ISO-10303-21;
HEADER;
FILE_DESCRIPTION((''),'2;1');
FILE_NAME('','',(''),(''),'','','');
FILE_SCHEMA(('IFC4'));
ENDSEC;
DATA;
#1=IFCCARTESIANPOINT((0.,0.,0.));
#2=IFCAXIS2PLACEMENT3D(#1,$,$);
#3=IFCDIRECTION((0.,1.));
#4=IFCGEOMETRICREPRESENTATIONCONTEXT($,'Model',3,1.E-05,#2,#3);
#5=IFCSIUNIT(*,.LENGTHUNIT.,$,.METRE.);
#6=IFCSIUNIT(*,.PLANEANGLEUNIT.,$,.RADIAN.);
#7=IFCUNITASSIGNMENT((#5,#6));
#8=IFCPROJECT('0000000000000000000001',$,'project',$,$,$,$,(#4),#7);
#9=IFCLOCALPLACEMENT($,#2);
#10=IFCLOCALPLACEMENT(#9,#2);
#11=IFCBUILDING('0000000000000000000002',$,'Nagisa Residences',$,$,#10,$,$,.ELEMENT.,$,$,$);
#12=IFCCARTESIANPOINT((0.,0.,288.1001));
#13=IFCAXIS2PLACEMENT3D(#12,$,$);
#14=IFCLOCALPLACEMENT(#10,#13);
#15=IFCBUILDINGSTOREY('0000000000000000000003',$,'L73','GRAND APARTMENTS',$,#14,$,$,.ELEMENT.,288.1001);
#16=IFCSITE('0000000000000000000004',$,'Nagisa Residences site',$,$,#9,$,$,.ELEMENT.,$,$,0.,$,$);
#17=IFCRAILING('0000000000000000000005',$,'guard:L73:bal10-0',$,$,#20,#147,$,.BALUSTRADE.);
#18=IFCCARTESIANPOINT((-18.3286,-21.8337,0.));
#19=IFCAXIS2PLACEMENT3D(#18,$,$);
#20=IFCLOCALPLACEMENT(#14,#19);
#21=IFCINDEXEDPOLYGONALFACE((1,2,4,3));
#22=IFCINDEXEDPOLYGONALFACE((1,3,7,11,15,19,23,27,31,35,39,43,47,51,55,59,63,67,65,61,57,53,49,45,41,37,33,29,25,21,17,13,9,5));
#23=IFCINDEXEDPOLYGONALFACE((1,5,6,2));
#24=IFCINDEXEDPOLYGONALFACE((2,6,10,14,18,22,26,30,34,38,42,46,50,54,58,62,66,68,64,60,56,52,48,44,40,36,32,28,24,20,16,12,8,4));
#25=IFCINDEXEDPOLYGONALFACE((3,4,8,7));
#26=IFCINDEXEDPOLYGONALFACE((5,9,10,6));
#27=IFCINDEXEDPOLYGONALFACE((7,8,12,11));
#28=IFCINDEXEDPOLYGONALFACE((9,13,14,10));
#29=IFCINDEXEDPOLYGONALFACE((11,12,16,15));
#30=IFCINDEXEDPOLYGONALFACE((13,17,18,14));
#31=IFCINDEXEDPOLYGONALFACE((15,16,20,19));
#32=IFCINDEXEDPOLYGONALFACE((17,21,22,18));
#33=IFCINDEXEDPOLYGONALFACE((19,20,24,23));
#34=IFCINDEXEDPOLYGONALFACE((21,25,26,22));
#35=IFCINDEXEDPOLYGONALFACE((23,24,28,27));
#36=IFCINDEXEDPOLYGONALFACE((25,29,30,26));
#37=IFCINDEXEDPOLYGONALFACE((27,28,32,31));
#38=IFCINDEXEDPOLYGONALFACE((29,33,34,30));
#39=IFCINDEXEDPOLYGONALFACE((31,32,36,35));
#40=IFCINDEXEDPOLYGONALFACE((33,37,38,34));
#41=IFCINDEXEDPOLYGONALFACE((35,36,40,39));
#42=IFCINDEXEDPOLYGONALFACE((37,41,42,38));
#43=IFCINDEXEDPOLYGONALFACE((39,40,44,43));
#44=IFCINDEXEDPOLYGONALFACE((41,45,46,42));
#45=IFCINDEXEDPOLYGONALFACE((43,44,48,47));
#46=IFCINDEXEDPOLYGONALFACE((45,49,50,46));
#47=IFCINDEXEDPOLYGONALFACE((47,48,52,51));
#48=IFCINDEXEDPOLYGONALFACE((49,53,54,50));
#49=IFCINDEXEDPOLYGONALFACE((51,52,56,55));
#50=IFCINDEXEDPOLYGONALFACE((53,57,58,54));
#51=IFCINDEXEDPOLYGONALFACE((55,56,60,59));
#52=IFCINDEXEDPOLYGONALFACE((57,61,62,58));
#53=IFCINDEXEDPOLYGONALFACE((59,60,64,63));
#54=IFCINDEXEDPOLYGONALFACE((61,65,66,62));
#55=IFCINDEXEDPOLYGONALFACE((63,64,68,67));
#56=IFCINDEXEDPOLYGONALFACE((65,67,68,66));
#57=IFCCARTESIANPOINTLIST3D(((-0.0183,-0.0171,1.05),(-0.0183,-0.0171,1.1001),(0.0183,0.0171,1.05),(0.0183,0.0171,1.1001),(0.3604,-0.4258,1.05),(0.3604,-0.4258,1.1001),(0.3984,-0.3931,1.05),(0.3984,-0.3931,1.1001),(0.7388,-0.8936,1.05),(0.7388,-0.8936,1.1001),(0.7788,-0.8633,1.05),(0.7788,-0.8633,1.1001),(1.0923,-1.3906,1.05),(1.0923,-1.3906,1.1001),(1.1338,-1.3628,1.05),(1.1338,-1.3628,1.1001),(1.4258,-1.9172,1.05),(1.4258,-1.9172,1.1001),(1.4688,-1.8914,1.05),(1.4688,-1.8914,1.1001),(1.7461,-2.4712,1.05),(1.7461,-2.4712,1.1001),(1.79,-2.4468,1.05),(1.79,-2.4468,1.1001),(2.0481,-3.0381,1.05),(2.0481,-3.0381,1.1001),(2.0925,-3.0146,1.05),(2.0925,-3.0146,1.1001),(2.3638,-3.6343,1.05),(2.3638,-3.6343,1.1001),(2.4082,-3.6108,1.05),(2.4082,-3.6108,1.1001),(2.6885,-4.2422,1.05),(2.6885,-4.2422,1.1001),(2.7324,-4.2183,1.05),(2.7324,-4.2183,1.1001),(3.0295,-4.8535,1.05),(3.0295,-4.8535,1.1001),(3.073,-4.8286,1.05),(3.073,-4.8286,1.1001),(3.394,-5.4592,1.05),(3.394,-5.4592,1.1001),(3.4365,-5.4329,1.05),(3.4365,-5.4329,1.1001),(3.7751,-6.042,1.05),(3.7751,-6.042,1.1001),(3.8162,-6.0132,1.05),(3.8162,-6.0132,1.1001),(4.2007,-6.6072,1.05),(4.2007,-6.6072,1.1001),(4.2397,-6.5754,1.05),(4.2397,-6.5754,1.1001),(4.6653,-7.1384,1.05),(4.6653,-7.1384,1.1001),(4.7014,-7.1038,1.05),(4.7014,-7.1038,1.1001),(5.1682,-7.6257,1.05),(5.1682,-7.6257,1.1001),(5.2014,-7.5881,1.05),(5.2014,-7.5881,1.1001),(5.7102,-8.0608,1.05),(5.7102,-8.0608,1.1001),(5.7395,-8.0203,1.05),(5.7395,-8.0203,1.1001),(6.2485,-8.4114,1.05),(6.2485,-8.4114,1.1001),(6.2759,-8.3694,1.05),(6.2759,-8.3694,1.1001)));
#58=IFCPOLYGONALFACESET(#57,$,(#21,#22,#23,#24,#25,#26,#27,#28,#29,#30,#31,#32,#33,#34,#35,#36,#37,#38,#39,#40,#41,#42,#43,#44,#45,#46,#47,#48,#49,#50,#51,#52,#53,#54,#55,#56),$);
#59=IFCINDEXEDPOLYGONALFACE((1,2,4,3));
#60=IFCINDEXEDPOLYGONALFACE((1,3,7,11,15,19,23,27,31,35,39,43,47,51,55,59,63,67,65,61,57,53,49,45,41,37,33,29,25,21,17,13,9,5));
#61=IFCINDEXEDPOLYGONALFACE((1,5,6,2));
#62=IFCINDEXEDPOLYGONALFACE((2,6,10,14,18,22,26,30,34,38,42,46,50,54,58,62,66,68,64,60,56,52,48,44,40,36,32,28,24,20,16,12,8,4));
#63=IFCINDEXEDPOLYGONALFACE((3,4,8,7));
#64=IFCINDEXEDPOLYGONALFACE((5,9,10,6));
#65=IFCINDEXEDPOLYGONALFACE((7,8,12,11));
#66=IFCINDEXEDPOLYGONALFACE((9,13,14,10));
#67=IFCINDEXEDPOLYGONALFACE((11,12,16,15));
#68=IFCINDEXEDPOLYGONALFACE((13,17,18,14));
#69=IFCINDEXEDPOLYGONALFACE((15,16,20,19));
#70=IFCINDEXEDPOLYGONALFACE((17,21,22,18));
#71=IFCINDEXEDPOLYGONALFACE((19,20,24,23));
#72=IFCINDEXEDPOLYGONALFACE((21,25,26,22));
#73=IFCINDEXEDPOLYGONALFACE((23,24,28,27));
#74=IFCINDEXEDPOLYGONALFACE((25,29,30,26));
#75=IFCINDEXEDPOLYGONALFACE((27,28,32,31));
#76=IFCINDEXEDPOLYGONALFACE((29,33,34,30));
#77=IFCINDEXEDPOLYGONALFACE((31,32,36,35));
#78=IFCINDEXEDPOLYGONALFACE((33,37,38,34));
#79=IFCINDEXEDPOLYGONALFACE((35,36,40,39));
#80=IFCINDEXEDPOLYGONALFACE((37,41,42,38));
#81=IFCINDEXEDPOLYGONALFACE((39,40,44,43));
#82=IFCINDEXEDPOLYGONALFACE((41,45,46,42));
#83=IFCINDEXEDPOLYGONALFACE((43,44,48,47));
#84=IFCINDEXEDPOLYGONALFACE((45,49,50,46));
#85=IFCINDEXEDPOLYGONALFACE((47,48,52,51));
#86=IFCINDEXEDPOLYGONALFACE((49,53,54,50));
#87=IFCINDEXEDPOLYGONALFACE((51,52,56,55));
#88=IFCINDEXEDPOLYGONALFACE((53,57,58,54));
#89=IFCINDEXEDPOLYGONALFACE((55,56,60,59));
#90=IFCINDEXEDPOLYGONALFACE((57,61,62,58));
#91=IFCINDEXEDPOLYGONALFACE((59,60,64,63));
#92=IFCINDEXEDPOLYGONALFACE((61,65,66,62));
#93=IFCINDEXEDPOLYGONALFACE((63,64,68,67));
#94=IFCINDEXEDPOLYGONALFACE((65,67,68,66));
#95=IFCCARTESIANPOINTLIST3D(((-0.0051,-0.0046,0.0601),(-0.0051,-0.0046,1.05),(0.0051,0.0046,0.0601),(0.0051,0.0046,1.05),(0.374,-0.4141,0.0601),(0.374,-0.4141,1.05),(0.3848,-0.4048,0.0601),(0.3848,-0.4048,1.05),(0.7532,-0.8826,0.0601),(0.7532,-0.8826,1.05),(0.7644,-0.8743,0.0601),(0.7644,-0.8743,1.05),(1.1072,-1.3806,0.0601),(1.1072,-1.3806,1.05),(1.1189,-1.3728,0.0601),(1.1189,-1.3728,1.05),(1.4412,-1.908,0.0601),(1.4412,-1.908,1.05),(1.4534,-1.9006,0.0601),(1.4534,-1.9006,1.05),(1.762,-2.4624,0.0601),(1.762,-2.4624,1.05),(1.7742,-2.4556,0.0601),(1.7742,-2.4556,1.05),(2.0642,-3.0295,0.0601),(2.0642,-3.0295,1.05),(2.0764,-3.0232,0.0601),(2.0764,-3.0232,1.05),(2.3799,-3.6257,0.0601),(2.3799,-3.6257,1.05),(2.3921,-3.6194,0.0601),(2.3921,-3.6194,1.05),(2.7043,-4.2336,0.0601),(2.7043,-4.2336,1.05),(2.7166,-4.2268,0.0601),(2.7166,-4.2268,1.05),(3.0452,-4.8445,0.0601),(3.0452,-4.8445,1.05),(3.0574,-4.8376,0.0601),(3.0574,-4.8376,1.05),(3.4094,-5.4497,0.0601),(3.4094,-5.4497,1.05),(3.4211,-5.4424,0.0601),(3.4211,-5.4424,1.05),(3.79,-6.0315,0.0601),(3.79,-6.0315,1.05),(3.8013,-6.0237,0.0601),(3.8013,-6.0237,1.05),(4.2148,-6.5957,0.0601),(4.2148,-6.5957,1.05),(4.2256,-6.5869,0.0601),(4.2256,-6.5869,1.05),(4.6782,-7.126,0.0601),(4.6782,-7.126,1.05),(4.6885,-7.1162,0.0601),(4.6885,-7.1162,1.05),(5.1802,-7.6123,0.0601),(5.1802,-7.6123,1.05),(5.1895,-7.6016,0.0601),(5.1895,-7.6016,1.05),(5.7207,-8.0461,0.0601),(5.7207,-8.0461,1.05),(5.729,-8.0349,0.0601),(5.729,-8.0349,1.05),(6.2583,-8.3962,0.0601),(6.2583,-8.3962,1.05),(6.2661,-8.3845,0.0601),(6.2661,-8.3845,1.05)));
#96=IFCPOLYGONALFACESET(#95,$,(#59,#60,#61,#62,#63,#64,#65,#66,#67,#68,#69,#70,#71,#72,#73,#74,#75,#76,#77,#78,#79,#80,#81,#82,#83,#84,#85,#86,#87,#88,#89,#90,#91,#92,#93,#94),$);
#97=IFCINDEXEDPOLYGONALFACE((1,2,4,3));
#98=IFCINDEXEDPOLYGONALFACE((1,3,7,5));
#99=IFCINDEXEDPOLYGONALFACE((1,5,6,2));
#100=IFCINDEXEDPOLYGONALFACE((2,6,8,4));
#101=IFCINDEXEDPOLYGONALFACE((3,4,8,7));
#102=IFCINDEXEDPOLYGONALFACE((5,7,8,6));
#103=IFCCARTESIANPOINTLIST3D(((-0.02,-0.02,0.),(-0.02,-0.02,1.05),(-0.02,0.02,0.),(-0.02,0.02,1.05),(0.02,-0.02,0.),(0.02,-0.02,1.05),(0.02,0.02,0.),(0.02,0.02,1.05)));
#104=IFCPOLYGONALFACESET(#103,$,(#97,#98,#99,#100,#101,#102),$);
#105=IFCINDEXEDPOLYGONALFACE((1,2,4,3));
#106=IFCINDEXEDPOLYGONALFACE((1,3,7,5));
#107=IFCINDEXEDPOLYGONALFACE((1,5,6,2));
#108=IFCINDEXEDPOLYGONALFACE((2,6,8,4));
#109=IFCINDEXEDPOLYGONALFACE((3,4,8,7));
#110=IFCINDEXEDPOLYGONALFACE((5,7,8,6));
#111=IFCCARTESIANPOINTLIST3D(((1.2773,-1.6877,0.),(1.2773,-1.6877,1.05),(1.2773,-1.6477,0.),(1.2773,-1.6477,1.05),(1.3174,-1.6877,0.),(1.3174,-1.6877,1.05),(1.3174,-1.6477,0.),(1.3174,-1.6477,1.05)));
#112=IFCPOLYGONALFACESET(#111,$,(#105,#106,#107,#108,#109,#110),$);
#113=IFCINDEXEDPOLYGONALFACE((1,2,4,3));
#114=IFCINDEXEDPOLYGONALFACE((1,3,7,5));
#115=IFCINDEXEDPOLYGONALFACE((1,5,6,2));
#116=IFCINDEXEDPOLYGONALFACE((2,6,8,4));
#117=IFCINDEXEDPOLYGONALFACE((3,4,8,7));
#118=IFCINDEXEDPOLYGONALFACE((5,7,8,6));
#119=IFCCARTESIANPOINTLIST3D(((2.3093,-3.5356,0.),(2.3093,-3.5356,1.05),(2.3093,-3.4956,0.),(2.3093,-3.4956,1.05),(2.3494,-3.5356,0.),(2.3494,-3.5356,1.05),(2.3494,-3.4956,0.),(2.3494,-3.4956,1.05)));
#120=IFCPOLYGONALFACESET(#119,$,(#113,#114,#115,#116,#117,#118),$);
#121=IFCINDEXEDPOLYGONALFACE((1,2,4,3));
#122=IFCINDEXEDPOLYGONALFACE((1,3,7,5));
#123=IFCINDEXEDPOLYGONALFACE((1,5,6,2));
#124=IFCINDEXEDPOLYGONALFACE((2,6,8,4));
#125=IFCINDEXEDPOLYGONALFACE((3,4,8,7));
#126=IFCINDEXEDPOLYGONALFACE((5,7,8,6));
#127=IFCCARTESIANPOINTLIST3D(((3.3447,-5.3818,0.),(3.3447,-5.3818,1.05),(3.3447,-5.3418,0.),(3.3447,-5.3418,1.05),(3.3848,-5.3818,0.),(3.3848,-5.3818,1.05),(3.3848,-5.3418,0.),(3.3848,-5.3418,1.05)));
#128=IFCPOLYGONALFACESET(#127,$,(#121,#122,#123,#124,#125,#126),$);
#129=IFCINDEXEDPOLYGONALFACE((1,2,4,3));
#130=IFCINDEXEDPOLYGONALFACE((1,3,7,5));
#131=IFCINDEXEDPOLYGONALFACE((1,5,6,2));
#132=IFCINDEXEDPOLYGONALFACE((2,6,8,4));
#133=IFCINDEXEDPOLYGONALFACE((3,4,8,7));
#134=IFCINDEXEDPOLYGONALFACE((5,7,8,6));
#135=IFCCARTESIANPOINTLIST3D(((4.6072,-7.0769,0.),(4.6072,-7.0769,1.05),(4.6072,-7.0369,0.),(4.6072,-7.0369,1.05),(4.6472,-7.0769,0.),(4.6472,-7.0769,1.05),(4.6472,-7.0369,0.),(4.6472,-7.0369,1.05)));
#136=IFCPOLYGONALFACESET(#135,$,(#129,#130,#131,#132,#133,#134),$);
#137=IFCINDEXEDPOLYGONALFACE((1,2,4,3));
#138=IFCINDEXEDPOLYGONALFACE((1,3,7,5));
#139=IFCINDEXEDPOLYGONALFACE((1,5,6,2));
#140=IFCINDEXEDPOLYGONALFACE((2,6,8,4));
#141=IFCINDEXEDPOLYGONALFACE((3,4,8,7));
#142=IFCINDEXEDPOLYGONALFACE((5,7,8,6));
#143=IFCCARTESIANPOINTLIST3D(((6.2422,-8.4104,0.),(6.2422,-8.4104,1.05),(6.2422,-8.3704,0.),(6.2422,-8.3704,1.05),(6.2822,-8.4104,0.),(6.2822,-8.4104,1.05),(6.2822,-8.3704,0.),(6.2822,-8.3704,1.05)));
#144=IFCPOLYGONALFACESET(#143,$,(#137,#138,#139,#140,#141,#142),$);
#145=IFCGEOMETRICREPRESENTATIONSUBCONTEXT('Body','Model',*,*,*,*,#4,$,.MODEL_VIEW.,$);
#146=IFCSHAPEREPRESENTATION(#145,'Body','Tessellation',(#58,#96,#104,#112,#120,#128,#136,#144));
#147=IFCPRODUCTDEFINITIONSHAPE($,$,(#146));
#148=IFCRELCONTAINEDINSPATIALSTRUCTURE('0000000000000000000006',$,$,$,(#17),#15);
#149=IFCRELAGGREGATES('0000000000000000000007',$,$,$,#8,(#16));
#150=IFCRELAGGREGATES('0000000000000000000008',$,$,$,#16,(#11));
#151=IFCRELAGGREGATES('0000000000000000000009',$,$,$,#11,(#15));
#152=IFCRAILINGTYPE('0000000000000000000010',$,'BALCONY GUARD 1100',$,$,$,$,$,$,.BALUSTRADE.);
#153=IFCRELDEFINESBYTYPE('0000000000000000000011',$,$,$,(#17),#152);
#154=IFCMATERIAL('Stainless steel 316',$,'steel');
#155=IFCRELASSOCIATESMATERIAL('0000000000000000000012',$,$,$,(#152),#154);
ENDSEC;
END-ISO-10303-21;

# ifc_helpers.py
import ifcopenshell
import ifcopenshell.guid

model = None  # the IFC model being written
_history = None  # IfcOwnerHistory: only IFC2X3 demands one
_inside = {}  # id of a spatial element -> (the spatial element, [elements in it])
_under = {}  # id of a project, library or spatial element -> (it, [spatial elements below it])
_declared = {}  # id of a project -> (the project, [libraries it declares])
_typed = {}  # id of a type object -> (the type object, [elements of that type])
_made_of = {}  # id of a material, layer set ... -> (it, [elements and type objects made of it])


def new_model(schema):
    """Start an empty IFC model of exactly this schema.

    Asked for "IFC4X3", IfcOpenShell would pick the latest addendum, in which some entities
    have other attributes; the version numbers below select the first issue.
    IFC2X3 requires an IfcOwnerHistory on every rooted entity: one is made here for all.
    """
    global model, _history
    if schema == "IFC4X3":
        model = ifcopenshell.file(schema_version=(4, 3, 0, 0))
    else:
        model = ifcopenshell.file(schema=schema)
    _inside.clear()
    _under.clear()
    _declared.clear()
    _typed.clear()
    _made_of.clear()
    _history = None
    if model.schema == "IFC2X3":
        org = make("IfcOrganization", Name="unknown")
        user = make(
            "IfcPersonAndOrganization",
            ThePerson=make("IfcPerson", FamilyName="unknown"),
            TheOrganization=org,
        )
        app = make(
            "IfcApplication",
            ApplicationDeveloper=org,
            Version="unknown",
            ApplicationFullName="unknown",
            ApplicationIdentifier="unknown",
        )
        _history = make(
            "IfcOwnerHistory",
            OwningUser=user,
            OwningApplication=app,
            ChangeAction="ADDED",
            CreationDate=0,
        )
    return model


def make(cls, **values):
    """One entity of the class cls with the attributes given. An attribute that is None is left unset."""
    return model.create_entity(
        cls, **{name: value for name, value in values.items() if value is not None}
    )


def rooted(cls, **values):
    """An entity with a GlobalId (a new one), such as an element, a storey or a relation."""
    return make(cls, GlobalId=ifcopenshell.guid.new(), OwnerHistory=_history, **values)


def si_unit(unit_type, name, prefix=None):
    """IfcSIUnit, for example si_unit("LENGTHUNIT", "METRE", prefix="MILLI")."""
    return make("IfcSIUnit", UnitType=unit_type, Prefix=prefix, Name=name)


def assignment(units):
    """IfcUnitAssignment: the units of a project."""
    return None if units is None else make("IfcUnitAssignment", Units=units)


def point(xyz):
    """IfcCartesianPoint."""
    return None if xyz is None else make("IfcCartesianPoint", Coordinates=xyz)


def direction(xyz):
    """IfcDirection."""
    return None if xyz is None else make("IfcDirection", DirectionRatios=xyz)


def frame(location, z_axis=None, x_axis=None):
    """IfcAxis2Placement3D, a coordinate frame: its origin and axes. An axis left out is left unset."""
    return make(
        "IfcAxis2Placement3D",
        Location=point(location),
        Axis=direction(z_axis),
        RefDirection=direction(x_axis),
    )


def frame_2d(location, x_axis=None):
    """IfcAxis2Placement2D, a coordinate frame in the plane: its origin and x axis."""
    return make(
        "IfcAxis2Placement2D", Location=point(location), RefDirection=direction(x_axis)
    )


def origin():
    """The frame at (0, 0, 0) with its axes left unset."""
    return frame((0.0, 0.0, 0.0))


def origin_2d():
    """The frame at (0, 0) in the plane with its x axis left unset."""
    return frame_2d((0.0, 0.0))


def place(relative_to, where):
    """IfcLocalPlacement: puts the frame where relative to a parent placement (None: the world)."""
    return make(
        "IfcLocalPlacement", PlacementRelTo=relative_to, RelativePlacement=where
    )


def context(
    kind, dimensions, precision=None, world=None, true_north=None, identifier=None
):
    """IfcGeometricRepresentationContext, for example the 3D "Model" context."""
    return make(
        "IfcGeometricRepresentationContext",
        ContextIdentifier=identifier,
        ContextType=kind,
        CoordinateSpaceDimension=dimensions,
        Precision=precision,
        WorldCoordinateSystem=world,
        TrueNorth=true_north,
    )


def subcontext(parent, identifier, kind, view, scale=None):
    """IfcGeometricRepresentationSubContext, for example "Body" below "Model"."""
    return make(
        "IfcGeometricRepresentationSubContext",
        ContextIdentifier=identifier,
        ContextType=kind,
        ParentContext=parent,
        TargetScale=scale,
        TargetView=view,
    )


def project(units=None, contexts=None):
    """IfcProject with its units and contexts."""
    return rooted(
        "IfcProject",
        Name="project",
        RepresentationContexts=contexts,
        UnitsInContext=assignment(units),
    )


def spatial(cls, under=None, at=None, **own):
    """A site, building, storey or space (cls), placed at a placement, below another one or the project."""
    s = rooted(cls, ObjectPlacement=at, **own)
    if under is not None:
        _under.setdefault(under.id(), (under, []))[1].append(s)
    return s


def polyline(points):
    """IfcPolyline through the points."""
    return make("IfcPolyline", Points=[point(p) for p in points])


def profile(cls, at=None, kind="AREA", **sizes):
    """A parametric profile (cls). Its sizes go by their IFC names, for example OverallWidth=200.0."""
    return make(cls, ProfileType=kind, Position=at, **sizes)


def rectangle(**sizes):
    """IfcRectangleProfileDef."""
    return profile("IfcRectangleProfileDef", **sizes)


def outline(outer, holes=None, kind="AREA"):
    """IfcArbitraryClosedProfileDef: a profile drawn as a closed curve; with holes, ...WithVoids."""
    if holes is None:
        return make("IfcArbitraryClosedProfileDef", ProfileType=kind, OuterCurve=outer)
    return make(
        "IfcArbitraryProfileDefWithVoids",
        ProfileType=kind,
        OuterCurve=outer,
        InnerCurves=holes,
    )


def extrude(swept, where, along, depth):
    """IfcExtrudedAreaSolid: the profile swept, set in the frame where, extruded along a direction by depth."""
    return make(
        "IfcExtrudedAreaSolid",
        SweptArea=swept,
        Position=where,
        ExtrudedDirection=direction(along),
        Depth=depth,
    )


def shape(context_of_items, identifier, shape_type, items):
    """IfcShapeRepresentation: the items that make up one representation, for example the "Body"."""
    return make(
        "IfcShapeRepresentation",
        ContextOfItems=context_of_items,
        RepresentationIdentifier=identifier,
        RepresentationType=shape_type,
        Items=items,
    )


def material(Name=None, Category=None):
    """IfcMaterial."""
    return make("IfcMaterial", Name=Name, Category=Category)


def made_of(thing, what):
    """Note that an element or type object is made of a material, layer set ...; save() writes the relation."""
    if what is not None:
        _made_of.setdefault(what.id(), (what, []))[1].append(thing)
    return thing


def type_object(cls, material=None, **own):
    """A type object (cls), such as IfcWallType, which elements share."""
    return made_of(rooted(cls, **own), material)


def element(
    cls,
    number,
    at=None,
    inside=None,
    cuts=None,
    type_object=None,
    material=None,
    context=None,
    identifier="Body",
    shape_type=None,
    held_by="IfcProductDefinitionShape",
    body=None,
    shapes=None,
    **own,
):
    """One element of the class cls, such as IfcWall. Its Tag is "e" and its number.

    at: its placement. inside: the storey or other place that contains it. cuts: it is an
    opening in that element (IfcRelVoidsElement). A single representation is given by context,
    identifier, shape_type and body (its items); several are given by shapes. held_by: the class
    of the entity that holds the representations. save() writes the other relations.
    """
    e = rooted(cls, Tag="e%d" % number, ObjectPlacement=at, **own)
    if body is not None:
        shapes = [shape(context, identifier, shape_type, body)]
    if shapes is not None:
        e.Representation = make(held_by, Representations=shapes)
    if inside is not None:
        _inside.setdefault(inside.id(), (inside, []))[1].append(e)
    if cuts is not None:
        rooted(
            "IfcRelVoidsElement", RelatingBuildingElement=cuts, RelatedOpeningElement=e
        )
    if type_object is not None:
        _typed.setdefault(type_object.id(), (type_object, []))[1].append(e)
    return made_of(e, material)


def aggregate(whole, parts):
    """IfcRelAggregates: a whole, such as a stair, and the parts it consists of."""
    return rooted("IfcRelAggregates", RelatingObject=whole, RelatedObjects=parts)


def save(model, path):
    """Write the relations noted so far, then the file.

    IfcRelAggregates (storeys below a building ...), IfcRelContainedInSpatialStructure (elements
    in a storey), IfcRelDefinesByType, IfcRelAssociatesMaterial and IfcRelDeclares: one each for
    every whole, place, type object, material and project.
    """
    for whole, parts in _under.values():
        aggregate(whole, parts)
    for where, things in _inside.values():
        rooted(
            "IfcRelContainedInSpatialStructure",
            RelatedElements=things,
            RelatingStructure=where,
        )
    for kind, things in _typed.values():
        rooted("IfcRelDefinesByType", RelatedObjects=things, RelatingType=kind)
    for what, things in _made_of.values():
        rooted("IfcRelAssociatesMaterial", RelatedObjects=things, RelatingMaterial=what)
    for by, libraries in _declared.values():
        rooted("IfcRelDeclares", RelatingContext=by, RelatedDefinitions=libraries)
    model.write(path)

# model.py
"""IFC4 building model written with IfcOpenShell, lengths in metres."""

from ifc_helpers import new_model, si_unit, direction, frame, origin, origin_2d, place, context, subcontext, project, spatial, polyline, rectangle, outline, extrude, material, type_object, element, save


model = new_model("IFC4")

# Units and contexts
model_context = context("Model", 3, precision=1e-05, world=origin(), true_north=direction((0.0, 1.0)))
body_context = subcontext(model_context, "Body", "Model", "MODEL_VIEW")
ifc_project = project(units=[si_unit("LENGTHUNIT", "METRE"), si_unit("PLANEANGLEUNIT", "RADIAN")], contexts=[model_context])

# Site, building, storey
site_placement = place(None, origin())
site = spatial("IfcSite", under=ifc_project, at=site_placement, Name="Nagisa Residences site", CompositionType="ELEMENT", RefElevation=0.0)
building_placement = place(site_placement, origin())
building = spatial("IfcBuilding", under=site, at=building_placement, Name="Nagisa Residences", CompositionType="ELEMENT")
storey_placement = place(building_placement, frame((0.0, 0.0, 288.1001)))
storey = spatial("IfcBuildingStorey", under=building, at=storey_placement, Name="L73", Description="GRAND APARTMENTS", CompositionType="ELEMENT", Elevation=288.1001)

# Railing
ifc_material_1 = material(Name="Stainless steel 316", Category="steel")
railing_type = type_object("IfcRailingType", Name="BALCONY GUARD 1100", PredefinedType="BALUSTRADE", material=ifc_material_1)
railing_1_placement = place(storey_placement, frame((-18.3286, -21.8337, 0.0)))
element("IfcRailing", 1, at=railing_1_placement, inside=storey, type_object=railing_type, Name="guard:L73:bal10-0", PredefinedType="BALUSTRADE", context=body_context, shape_type="SweptSolid", body=[
    extrude(outline(polyline([(0.3984, -0.3931), (0.0183, 0.0171), (-0.0183, -0.0171), (0.3604, -0.4258), (0.7388, -0.8936), (1.0923, -1.3906), (1.4258, -1.9172), (1.7461, -2.4712), (2.0481, -3.0381), (2.3638, -3.6343), (2.6885, -4.2422), (3.0295, -4.8535), (3.394, -5.4592), (3.7751, -6.042), (4.2007, -6.6072), (4.6653, -7.1384), (5.1682, -7.6257), (5.7102, -8.0608), (6.2485, -8.4114), (6.2759, -8.3694), (5.7395, -8.0203), (5.2014, -7.5881), (4.7014, -7.1038), (4.2397, -6.5754), (3.8162, -6.0132), (3.4365, -5.4329), (3.073, -4.8286), (2.7324, -4.2183), (2.4082, -3.6108), (2.0925, -3.0146), (1.79, -2.4468), (1.4688, -1.8914), (1.1338, -1.3628), (0.7788, -0.8633), (0.3984, -0.3931)])), frame((0.0, 0.0, 1.05)), (0.0, 0.0, 1.0), 0.05),
    extrude(outline(polyline([(0.3848, -0.4048), (0.0051, 0.0046), (-0.0051, -0.0046), (0.374, -0.4141), (0.7532, -0.8826), (1.1072, -1.3806), (1.4412, -1.908), (1.762, -2.4624), (2.0642, -3.0295), (2.3799, -3.6257), (2.7043, -4.2336), (3.0452, -4.8445), (3.4094, -5.4497), (3.79, -6.0315), (4.2148, -6.5957), (4.6782, -7.126), (5.1802, -7.6123), (5.7207, -8.0461), (6.2583, -8.3962), (6.2661, -8.3845), (5.729, -8.0349), (5.1895, -7.6016), (4.6885, -7.1162), (4.2256, -6.5869), (3.8013, -6.0237), (3.4211, -5.4424), (3.0574, -4.8376), (2.7166, -4.2268), (2.3921, -3.6194), (2.0764, -3.0232), (1.7742, -2.4556), (1.4534, -1.9006), (1.1189, -1.3728), (0.7644, -0.8743), (0.3848, -0.4048)])), frame((0.0, 0.0, 0.0601)), (0.0, 0.0, 1.0), 0.99),
    extrude(rectangle(XDim=0.04, YDim=0.04, at=origin_2d()), origin(), (0.0, 0.0, 1.0), 1.05),
    extrude(rectangle(XDim=0.04, YDim=0.04, at=origin_2d()), frame((1.2974, -1.6677, 0.0)), (0.0, 0.0, 1.0), 1.05),
    extrude(rectangle(XDim=0.04, YDim=0.04, at=origin_2d()), frame((2.3293, -3.5156, 0.0)), (0.0, 0.0, 1.0), 1.05),
    extrude(rectangle(XDim=0.04, YDim=0.04, at=origin_2d()), frame((3.3647, -5.3618, 0.0)), (0.0, 0.0, 1.0), 1.05),
    extrude(rectangle(XDim=0.04, YDim=0.04, at=origin_2d()), frame((4.6272, -7.0569, 0.0)), (0.0, 0.0, 1.0), 1.05),
    extrude(rectangle(XDim=0.04, YDim=0.04, at=origin_2d()), frame((6.2622, -8.3904, 0.0)), (0.0, 0.0, 1.0), 1.05),
])

save(model, "model.ifc")
